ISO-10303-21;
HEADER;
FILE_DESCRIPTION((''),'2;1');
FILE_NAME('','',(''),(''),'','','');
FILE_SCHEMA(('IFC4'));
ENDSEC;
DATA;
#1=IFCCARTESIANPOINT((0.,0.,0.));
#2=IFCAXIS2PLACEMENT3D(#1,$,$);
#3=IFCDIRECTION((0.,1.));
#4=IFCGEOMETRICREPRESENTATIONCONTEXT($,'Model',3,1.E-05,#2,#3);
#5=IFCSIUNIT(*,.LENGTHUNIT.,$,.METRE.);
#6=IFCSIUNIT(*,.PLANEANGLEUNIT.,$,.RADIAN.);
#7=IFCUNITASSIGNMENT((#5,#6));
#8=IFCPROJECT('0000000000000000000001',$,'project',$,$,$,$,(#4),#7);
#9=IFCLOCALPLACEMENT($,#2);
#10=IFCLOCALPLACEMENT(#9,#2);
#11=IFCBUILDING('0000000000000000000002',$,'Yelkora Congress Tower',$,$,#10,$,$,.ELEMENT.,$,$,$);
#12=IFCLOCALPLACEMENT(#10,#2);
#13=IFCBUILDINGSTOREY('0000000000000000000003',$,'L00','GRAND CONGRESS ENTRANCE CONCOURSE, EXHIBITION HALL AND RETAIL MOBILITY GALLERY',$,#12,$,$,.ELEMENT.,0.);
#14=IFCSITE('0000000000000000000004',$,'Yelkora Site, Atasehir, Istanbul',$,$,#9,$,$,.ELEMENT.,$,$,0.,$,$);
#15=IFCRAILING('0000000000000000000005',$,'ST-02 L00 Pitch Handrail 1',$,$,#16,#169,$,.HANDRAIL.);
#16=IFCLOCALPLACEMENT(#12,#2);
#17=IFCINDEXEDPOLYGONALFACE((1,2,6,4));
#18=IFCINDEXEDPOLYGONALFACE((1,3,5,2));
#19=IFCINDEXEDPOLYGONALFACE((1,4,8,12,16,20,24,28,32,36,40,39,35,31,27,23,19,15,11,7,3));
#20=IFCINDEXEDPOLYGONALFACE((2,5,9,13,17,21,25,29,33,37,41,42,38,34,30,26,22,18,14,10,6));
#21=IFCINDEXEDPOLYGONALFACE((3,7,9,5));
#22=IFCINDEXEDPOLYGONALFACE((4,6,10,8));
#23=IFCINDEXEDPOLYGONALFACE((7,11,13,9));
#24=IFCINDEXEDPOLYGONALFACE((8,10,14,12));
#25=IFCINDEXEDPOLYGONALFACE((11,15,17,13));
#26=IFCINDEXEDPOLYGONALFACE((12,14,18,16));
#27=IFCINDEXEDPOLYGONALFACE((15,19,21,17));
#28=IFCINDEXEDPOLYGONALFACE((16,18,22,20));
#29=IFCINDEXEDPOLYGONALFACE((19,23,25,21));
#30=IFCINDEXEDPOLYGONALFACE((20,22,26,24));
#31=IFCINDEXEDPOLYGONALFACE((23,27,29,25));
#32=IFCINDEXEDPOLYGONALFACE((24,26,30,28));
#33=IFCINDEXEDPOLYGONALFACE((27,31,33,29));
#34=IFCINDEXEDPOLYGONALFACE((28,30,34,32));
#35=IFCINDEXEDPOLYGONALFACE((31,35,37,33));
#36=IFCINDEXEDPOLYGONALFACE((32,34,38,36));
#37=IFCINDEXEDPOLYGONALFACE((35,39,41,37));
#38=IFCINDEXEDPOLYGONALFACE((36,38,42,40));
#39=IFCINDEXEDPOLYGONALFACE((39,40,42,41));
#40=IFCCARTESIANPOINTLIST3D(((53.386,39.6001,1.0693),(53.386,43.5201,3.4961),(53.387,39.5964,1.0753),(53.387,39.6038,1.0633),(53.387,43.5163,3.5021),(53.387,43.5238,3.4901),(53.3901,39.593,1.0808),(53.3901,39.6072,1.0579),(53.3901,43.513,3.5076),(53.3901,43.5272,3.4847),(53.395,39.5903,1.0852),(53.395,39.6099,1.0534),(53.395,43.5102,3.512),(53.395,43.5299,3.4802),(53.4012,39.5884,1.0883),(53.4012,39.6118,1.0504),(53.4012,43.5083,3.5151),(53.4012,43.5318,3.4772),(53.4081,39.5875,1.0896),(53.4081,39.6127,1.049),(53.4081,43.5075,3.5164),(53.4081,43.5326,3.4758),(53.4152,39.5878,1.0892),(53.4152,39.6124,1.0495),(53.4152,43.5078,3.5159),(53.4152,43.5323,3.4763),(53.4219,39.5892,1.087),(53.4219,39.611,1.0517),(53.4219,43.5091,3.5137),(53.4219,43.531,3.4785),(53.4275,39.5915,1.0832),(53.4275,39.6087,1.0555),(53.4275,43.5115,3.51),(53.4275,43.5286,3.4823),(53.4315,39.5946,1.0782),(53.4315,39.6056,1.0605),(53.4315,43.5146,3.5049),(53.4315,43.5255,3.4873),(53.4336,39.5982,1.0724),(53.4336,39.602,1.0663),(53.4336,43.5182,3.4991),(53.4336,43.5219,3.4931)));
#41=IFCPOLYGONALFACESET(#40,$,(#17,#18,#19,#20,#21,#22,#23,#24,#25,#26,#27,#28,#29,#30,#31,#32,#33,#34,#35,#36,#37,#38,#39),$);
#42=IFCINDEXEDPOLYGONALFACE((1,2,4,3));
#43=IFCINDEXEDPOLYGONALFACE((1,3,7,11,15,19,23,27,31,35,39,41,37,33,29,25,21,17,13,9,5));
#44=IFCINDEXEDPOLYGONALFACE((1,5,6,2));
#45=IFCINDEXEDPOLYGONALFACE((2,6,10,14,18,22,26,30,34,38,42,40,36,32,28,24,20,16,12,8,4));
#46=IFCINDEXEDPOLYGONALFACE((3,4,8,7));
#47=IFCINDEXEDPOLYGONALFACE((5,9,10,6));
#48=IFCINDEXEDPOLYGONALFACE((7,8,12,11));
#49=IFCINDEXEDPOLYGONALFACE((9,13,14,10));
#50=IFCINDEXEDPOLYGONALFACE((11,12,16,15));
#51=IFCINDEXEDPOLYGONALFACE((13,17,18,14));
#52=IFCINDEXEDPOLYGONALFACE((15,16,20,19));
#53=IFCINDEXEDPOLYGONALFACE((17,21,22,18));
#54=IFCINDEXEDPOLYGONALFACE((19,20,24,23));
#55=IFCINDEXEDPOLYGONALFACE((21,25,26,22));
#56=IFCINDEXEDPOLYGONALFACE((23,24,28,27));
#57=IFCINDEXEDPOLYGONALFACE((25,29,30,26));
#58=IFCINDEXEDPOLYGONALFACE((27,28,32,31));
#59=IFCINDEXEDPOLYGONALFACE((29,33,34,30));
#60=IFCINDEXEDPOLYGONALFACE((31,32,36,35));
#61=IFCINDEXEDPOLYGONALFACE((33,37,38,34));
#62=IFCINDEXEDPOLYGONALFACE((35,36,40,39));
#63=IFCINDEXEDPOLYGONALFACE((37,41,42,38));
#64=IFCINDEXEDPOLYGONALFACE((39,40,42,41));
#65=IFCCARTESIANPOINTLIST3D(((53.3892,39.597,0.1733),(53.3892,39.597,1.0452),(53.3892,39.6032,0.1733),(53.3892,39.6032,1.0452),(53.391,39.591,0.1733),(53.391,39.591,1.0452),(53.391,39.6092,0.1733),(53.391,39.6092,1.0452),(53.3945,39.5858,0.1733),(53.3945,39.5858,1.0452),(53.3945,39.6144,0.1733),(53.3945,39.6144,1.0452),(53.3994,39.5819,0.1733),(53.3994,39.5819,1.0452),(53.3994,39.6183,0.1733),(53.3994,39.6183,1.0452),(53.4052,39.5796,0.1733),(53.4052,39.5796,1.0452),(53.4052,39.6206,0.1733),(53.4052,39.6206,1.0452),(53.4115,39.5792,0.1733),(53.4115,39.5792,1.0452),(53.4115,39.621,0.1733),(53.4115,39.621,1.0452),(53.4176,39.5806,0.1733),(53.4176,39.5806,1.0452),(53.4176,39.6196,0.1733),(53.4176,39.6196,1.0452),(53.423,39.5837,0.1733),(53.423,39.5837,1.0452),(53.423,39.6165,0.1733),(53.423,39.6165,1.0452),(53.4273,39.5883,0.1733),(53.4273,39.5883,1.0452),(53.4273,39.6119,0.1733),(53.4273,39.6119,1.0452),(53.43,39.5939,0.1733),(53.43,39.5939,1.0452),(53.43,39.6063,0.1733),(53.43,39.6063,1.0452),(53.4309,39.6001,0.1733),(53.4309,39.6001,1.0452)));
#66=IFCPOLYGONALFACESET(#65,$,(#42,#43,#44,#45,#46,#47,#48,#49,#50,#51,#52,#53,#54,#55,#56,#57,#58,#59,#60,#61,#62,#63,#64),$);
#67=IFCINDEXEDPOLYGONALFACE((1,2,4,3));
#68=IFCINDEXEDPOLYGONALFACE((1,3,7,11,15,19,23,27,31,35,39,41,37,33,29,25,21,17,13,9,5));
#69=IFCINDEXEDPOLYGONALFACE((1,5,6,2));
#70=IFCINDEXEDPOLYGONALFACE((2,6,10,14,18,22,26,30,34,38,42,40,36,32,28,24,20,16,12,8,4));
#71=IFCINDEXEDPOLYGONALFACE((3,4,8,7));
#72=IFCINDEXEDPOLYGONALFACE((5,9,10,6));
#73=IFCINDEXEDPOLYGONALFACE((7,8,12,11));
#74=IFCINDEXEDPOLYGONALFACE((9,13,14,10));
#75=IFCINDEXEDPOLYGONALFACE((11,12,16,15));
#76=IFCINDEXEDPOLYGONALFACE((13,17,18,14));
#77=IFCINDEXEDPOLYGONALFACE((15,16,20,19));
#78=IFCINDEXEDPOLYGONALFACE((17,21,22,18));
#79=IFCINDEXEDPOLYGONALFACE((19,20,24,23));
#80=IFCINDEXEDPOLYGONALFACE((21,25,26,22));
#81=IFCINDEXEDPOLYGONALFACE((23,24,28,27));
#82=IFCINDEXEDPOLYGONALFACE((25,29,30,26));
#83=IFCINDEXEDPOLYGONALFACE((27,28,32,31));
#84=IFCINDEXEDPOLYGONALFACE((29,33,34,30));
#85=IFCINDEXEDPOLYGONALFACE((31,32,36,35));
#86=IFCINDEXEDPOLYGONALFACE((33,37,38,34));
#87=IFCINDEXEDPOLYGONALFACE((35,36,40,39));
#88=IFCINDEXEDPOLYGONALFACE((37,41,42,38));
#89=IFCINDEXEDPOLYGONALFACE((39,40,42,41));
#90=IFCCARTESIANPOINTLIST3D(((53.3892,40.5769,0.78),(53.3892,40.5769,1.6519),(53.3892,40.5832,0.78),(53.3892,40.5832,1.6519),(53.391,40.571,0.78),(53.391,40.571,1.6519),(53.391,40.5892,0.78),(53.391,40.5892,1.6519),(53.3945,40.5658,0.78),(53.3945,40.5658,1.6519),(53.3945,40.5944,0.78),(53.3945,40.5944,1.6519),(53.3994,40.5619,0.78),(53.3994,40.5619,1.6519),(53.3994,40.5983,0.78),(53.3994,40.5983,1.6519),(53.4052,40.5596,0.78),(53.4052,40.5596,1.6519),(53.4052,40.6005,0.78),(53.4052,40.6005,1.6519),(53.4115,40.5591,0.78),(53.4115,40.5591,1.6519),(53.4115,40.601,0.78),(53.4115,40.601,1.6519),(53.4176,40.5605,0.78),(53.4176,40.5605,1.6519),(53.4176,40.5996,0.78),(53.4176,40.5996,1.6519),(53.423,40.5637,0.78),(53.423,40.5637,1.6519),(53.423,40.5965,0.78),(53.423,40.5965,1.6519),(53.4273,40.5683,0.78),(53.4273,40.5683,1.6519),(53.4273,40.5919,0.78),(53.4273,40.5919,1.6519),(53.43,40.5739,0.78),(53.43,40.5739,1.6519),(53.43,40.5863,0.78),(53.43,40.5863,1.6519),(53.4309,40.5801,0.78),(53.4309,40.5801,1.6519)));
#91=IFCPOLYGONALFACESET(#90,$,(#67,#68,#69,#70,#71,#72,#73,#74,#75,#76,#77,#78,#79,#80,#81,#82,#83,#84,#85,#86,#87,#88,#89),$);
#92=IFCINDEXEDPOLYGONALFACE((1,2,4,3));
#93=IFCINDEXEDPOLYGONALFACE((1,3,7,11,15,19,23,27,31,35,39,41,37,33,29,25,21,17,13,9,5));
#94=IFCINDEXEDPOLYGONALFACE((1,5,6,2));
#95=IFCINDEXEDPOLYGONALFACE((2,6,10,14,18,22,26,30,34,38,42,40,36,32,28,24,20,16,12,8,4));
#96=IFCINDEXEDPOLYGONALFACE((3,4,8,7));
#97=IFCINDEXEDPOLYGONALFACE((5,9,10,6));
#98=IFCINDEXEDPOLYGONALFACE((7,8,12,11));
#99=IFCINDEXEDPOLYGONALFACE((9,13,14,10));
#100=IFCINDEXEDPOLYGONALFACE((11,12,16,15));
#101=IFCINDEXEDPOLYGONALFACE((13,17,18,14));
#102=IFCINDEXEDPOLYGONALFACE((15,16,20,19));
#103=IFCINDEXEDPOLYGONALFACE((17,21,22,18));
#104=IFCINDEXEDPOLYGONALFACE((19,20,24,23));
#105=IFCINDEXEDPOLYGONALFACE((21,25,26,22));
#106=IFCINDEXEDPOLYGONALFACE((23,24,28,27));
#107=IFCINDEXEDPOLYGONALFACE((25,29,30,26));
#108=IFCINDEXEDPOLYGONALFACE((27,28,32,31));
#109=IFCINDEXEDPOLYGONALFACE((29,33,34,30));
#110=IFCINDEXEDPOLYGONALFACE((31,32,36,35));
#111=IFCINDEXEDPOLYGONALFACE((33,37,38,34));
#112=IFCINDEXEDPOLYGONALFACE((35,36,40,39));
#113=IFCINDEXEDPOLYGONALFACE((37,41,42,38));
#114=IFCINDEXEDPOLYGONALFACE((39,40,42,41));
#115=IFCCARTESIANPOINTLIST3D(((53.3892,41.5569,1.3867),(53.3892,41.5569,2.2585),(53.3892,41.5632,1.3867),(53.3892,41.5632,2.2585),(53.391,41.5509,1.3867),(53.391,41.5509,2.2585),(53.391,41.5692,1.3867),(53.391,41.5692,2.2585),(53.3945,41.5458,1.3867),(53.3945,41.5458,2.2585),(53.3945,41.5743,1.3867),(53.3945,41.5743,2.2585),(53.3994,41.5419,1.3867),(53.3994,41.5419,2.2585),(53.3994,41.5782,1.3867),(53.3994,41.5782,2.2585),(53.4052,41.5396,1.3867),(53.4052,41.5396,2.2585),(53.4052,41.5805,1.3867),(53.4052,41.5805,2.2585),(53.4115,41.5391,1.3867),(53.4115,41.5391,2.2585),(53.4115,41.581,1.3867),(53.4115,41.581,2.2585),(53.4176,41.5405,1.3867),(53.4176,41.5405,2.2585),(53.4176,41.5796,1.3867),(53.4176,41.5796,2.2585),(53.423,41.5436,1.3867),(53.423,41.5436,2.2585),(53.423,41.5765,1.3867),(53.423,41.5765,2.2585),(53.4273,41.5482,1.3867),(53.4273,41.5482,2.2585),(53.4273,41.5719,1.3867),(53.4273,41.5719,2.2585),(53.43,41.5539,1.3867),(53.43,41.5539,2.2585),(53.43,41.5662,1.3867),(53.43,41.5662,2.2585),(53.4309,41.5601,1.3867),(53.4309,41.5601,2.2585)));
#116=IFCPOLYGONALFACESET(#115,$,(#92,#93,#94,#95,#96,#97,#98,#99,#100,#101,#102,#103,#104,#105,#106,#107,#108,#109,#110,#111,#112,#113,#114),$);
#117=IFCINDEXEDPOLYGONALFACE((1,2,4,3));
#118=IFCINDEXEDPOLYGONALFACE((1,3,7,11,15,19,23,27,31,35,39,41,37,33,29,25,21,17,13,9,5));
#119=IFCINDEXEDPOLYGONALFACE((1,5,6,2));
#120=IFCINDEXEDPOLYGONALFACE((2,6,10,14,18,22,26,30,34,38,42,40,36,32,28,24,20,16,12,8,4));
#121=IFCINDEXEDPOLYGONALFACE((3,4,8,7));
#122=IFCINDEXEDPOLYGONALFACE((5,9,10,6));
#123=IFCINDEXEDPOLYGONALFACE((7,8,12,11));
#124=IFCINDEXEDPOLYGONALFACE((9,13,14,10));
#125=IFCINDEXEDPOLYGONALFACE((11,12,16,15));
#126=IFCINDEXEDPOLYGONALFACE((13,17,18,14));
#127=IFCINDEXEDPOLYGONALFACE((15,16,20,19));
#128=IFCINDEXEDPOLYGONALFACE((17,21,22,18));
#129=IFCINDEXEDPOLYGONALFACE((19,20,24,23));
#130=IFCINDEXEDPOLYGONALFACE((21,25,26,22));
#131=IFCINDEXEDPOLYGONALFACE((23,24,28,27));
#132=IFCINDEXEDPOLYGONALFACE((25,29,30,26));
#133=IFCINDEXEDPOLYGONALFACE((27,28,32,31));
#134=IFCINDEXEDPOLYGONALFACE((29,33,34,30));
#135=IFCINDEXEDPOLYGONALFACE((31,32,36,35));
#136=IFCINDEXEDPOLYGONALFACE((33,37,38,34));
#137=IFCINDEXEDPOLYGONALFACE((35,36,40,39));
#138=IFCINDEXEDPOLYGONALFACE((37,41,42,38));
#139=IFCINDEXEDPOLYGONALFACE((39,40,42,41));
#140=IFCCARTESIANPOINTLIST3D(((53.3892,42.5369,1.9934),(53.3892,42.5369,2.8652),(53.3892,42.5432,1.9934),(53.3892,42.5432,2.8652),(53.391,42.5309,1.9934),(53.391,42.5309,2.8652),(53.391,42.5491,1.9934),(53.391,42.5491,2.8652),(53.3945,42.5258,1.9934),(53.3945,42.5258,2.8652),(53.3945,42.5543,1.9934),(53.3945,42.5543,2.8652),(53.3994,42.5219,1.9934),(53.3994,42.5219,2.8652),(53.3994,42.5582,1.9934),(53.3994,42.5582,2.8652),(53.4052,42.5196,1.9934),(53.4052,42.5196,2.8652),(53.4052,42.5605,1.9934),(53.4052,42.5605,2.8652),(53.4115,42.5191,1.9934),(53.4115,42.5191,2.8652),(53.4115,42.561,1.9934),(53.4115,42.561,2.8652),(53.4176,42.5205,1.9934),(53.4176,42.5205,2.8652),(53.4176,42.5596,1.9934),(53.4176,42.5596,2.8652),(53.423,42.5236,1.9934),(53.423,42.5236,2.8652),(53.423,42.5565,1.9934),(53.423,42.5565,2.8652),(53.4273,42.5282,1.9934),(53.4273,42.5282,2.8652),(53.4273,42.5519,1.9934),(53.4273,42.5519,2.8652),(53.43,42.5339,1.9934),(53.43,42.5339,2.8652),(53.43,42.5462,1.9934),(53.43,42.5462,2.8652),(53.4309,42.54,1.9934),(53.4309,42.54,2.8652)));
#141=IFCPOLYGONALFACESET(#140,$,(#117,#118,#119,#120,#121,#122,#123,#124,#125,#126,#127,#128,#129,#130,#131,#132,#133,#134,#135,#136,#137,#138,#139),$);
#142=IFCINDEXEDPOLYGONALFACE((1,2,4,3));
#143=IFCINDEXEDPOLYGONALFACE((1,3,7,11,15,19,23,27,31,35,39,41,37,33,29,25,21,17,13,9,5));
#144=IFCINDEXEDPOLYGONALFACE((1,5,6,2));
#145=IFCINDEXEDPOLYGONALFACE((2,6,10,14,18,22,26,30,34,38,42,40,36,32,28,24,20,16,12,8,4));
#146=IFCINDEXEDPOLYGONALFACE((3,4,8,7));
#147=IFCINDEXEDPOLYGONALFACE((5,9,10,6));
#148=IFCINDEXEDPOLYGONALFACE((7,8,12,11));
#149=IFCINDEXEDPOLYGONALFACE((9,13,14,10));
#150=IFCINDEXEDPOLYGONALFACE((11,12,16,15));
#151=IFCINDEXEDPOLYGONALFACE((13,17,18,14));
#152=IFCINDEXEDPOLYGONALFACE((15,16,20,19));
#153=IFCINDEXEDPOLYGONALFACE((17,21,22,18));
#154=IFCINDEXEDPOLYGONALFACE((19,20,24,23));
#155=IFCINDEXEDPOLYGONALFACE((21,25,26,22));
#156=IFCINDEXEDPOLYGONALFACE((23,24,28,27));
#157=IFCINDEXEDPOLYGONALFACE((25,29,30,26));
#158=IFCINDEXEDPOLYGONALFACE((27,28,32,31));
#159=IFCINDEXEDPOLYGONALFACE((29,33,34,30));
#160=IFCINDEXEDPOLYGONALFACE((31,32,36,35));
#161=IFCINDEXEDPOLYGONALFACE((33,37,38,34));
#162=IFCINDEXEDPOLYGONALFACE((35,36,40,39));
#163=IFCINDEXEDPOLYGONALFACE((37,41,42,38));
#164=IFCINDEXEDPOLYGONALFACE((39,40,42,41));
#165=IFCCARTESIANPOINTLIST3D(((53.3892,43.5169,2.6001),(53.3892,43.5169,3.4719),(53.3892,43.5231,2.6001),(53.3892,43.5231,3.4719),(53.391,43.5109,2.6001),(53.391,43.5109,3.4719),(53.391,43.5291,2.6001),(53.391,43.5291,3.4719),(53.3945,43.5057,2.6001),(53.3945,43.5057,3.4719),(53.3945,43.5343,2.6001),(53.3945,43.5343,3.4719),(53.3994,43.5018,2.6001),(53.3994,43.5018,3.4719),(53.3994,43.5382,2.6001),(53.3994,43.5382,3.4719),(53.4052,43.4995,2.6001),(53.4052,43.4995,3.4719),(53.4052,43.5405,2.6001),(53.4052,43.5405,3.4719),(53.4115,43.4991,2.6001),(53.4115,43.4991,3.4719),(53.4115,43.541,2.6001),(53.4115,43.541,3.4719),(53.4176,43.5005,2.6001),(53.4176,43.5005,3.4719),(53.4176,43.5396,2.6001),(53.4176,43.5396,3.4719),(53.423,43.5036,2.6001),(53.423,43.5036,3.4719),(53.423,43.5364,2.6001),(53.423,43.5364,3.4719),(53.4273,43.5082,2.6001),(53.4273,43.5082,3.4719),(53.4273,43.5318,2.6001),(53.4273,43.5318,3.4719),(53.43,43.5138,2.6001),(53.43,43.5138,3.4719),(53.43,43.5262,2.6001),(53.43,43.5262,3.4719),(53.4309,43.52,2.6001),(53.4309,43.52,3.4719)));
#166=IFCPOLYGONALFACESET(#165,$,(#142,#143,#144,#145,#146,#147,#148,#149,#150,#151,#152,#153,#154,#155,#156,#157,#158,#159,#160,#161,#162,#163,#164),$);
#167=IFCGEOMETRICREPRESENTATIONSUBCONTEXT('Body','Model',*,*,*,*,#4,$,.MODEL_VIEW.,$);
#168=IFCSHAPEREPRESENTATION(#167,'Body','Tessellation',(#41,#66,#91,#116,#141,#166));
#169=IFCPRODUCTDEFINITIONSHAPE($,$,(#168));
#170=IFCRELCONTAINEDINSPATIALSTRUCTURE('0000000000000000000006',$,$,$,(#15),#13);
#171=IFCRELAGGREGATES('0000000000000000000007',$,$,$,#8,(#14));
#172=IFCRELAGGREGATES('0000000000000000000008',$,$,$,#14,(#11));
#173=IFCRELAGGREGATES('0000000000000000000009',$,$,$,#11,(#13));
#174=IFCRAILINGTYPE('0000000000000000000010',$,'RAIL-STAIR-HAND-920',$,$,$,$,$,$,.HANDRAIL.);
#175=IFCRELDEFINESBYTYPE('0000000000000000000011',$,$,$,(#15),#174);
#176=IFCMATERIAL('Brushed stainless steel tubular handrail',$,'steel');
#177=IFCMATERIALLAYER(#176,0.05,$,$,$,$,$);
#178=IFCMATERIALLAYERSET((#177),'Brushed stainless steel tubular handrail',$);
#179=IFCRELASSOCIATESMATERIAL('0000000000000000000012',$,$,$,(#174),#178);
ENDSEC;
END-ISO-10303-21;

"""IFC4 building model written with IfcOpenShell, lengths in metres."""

from ifc_helpers import new_model, si_unit, direction, frame, origin, origin_2d, place, context, subcontext, project, spatial, circle, extrude, material, layer, layer_set, type_object, element, save


model = new_model("IFC4")

# Units and contexts
model_context = context("Model", 3, precision=1e-05, world=origin(), true_north=direction((0.0, 1.0)))
body_context = subcontext(model_context, "Body", "Model", "MODEL_VIEW")
ifc_project = project(units=[si_unit("LENGTHUNIT", "METRE"), si_unit("PLANEANGLEUNIT", "RADIAN")], contexts=[model_context])

# Site, building, storey
site_placement = place(None, origin())
site = spatial("IfcSite", under=ifc_project, at=site_placement, Name="Yelkora Site, Atasehir, Istanbul", CompositionType="ELEMENT", RefElevation=0.0)
building_placement = place(site_placement, origin())
building = spatial("IfcBuilding", under=site, at=building_placement, Name="Yelkora Congress Tower", CompositionType="ELEMENT")
storey_placement = place(building_placement, origin())
storey = spatial("IfcBuildingStorey", under=building, at=storey_placement, Name="L00", Description="GRAND CONGRESS ENTRANCE CONCOURSE, EXHIBITION HALL AND RETAIL MOBILITY GALLERY", CompositionType="ELEMENT", Elevation=0.0)

# Railing
ifc_material_1 = material(Name="Brushed stainless steel tubular handrail", Category="steel")
ifc_layer_1 = layer(ifc_material_1, 0.05)
ifc_layer_set_1 = layer_set([ifc_layer_1], Name="Brushed stainless steel tubular handrail")
railing_type_1 = type_object("IfcRailingType", Name="RAIL-STAIR-HAND-920", PredefinedType="HANDRAIL", material=ifc_layer_set_1)
railing_1_placement = place(storey_placement, frame((53.4099, 39.6001, 0.1733)))
element("IfcRailing", 1, at=railing_1_placement, inside=storey, type_object=railing_type_1, Name="ST-02 L00 Pitch Handrail 1", PredefinedType="HANDRAIL", context=body_context, shape_type="SweptSolid", body=[
    extrude(circle(Radius=0.0239, at=origin_2d()), frame((0.0, 0.0, 0.896), z_axis=(0.0, 0.850252, 0.526376), x_axis=(-1.0, 0.0, 0.0)), (0.0, 0.0, 1.0), 4.6104),
    extrude(circle(Radius=0.021, at=origin_2d()), origin(), (0.0, 0.0, 1.0), 0.8718),
    extrude(circle(Radius=0.021, at=origin_2d()), frame((0.0, 0.98, 0.6067)), (0.0, 0.0, 1.0), 0.8718),
    extrude(circle(Radius=0.021, at=origin_2d()), frame((0.0, 1.96, 1.2134)), (0.0, 0.0, 1.0), 0.8718),
    extrude(circle(Radius=0.021, at=origin_2d()), frame((0.0, 2.9399, 1.8201)), (0.0, 0.0, 1.0), 0.8718),
    extrude(circle(Radius=0.021, at=origin_2d()), frame((0.0, 3.9199, 2.4268)), (0.0, 0.0, 1.0), 0.8718),
])

save(model, "model.ifc")
